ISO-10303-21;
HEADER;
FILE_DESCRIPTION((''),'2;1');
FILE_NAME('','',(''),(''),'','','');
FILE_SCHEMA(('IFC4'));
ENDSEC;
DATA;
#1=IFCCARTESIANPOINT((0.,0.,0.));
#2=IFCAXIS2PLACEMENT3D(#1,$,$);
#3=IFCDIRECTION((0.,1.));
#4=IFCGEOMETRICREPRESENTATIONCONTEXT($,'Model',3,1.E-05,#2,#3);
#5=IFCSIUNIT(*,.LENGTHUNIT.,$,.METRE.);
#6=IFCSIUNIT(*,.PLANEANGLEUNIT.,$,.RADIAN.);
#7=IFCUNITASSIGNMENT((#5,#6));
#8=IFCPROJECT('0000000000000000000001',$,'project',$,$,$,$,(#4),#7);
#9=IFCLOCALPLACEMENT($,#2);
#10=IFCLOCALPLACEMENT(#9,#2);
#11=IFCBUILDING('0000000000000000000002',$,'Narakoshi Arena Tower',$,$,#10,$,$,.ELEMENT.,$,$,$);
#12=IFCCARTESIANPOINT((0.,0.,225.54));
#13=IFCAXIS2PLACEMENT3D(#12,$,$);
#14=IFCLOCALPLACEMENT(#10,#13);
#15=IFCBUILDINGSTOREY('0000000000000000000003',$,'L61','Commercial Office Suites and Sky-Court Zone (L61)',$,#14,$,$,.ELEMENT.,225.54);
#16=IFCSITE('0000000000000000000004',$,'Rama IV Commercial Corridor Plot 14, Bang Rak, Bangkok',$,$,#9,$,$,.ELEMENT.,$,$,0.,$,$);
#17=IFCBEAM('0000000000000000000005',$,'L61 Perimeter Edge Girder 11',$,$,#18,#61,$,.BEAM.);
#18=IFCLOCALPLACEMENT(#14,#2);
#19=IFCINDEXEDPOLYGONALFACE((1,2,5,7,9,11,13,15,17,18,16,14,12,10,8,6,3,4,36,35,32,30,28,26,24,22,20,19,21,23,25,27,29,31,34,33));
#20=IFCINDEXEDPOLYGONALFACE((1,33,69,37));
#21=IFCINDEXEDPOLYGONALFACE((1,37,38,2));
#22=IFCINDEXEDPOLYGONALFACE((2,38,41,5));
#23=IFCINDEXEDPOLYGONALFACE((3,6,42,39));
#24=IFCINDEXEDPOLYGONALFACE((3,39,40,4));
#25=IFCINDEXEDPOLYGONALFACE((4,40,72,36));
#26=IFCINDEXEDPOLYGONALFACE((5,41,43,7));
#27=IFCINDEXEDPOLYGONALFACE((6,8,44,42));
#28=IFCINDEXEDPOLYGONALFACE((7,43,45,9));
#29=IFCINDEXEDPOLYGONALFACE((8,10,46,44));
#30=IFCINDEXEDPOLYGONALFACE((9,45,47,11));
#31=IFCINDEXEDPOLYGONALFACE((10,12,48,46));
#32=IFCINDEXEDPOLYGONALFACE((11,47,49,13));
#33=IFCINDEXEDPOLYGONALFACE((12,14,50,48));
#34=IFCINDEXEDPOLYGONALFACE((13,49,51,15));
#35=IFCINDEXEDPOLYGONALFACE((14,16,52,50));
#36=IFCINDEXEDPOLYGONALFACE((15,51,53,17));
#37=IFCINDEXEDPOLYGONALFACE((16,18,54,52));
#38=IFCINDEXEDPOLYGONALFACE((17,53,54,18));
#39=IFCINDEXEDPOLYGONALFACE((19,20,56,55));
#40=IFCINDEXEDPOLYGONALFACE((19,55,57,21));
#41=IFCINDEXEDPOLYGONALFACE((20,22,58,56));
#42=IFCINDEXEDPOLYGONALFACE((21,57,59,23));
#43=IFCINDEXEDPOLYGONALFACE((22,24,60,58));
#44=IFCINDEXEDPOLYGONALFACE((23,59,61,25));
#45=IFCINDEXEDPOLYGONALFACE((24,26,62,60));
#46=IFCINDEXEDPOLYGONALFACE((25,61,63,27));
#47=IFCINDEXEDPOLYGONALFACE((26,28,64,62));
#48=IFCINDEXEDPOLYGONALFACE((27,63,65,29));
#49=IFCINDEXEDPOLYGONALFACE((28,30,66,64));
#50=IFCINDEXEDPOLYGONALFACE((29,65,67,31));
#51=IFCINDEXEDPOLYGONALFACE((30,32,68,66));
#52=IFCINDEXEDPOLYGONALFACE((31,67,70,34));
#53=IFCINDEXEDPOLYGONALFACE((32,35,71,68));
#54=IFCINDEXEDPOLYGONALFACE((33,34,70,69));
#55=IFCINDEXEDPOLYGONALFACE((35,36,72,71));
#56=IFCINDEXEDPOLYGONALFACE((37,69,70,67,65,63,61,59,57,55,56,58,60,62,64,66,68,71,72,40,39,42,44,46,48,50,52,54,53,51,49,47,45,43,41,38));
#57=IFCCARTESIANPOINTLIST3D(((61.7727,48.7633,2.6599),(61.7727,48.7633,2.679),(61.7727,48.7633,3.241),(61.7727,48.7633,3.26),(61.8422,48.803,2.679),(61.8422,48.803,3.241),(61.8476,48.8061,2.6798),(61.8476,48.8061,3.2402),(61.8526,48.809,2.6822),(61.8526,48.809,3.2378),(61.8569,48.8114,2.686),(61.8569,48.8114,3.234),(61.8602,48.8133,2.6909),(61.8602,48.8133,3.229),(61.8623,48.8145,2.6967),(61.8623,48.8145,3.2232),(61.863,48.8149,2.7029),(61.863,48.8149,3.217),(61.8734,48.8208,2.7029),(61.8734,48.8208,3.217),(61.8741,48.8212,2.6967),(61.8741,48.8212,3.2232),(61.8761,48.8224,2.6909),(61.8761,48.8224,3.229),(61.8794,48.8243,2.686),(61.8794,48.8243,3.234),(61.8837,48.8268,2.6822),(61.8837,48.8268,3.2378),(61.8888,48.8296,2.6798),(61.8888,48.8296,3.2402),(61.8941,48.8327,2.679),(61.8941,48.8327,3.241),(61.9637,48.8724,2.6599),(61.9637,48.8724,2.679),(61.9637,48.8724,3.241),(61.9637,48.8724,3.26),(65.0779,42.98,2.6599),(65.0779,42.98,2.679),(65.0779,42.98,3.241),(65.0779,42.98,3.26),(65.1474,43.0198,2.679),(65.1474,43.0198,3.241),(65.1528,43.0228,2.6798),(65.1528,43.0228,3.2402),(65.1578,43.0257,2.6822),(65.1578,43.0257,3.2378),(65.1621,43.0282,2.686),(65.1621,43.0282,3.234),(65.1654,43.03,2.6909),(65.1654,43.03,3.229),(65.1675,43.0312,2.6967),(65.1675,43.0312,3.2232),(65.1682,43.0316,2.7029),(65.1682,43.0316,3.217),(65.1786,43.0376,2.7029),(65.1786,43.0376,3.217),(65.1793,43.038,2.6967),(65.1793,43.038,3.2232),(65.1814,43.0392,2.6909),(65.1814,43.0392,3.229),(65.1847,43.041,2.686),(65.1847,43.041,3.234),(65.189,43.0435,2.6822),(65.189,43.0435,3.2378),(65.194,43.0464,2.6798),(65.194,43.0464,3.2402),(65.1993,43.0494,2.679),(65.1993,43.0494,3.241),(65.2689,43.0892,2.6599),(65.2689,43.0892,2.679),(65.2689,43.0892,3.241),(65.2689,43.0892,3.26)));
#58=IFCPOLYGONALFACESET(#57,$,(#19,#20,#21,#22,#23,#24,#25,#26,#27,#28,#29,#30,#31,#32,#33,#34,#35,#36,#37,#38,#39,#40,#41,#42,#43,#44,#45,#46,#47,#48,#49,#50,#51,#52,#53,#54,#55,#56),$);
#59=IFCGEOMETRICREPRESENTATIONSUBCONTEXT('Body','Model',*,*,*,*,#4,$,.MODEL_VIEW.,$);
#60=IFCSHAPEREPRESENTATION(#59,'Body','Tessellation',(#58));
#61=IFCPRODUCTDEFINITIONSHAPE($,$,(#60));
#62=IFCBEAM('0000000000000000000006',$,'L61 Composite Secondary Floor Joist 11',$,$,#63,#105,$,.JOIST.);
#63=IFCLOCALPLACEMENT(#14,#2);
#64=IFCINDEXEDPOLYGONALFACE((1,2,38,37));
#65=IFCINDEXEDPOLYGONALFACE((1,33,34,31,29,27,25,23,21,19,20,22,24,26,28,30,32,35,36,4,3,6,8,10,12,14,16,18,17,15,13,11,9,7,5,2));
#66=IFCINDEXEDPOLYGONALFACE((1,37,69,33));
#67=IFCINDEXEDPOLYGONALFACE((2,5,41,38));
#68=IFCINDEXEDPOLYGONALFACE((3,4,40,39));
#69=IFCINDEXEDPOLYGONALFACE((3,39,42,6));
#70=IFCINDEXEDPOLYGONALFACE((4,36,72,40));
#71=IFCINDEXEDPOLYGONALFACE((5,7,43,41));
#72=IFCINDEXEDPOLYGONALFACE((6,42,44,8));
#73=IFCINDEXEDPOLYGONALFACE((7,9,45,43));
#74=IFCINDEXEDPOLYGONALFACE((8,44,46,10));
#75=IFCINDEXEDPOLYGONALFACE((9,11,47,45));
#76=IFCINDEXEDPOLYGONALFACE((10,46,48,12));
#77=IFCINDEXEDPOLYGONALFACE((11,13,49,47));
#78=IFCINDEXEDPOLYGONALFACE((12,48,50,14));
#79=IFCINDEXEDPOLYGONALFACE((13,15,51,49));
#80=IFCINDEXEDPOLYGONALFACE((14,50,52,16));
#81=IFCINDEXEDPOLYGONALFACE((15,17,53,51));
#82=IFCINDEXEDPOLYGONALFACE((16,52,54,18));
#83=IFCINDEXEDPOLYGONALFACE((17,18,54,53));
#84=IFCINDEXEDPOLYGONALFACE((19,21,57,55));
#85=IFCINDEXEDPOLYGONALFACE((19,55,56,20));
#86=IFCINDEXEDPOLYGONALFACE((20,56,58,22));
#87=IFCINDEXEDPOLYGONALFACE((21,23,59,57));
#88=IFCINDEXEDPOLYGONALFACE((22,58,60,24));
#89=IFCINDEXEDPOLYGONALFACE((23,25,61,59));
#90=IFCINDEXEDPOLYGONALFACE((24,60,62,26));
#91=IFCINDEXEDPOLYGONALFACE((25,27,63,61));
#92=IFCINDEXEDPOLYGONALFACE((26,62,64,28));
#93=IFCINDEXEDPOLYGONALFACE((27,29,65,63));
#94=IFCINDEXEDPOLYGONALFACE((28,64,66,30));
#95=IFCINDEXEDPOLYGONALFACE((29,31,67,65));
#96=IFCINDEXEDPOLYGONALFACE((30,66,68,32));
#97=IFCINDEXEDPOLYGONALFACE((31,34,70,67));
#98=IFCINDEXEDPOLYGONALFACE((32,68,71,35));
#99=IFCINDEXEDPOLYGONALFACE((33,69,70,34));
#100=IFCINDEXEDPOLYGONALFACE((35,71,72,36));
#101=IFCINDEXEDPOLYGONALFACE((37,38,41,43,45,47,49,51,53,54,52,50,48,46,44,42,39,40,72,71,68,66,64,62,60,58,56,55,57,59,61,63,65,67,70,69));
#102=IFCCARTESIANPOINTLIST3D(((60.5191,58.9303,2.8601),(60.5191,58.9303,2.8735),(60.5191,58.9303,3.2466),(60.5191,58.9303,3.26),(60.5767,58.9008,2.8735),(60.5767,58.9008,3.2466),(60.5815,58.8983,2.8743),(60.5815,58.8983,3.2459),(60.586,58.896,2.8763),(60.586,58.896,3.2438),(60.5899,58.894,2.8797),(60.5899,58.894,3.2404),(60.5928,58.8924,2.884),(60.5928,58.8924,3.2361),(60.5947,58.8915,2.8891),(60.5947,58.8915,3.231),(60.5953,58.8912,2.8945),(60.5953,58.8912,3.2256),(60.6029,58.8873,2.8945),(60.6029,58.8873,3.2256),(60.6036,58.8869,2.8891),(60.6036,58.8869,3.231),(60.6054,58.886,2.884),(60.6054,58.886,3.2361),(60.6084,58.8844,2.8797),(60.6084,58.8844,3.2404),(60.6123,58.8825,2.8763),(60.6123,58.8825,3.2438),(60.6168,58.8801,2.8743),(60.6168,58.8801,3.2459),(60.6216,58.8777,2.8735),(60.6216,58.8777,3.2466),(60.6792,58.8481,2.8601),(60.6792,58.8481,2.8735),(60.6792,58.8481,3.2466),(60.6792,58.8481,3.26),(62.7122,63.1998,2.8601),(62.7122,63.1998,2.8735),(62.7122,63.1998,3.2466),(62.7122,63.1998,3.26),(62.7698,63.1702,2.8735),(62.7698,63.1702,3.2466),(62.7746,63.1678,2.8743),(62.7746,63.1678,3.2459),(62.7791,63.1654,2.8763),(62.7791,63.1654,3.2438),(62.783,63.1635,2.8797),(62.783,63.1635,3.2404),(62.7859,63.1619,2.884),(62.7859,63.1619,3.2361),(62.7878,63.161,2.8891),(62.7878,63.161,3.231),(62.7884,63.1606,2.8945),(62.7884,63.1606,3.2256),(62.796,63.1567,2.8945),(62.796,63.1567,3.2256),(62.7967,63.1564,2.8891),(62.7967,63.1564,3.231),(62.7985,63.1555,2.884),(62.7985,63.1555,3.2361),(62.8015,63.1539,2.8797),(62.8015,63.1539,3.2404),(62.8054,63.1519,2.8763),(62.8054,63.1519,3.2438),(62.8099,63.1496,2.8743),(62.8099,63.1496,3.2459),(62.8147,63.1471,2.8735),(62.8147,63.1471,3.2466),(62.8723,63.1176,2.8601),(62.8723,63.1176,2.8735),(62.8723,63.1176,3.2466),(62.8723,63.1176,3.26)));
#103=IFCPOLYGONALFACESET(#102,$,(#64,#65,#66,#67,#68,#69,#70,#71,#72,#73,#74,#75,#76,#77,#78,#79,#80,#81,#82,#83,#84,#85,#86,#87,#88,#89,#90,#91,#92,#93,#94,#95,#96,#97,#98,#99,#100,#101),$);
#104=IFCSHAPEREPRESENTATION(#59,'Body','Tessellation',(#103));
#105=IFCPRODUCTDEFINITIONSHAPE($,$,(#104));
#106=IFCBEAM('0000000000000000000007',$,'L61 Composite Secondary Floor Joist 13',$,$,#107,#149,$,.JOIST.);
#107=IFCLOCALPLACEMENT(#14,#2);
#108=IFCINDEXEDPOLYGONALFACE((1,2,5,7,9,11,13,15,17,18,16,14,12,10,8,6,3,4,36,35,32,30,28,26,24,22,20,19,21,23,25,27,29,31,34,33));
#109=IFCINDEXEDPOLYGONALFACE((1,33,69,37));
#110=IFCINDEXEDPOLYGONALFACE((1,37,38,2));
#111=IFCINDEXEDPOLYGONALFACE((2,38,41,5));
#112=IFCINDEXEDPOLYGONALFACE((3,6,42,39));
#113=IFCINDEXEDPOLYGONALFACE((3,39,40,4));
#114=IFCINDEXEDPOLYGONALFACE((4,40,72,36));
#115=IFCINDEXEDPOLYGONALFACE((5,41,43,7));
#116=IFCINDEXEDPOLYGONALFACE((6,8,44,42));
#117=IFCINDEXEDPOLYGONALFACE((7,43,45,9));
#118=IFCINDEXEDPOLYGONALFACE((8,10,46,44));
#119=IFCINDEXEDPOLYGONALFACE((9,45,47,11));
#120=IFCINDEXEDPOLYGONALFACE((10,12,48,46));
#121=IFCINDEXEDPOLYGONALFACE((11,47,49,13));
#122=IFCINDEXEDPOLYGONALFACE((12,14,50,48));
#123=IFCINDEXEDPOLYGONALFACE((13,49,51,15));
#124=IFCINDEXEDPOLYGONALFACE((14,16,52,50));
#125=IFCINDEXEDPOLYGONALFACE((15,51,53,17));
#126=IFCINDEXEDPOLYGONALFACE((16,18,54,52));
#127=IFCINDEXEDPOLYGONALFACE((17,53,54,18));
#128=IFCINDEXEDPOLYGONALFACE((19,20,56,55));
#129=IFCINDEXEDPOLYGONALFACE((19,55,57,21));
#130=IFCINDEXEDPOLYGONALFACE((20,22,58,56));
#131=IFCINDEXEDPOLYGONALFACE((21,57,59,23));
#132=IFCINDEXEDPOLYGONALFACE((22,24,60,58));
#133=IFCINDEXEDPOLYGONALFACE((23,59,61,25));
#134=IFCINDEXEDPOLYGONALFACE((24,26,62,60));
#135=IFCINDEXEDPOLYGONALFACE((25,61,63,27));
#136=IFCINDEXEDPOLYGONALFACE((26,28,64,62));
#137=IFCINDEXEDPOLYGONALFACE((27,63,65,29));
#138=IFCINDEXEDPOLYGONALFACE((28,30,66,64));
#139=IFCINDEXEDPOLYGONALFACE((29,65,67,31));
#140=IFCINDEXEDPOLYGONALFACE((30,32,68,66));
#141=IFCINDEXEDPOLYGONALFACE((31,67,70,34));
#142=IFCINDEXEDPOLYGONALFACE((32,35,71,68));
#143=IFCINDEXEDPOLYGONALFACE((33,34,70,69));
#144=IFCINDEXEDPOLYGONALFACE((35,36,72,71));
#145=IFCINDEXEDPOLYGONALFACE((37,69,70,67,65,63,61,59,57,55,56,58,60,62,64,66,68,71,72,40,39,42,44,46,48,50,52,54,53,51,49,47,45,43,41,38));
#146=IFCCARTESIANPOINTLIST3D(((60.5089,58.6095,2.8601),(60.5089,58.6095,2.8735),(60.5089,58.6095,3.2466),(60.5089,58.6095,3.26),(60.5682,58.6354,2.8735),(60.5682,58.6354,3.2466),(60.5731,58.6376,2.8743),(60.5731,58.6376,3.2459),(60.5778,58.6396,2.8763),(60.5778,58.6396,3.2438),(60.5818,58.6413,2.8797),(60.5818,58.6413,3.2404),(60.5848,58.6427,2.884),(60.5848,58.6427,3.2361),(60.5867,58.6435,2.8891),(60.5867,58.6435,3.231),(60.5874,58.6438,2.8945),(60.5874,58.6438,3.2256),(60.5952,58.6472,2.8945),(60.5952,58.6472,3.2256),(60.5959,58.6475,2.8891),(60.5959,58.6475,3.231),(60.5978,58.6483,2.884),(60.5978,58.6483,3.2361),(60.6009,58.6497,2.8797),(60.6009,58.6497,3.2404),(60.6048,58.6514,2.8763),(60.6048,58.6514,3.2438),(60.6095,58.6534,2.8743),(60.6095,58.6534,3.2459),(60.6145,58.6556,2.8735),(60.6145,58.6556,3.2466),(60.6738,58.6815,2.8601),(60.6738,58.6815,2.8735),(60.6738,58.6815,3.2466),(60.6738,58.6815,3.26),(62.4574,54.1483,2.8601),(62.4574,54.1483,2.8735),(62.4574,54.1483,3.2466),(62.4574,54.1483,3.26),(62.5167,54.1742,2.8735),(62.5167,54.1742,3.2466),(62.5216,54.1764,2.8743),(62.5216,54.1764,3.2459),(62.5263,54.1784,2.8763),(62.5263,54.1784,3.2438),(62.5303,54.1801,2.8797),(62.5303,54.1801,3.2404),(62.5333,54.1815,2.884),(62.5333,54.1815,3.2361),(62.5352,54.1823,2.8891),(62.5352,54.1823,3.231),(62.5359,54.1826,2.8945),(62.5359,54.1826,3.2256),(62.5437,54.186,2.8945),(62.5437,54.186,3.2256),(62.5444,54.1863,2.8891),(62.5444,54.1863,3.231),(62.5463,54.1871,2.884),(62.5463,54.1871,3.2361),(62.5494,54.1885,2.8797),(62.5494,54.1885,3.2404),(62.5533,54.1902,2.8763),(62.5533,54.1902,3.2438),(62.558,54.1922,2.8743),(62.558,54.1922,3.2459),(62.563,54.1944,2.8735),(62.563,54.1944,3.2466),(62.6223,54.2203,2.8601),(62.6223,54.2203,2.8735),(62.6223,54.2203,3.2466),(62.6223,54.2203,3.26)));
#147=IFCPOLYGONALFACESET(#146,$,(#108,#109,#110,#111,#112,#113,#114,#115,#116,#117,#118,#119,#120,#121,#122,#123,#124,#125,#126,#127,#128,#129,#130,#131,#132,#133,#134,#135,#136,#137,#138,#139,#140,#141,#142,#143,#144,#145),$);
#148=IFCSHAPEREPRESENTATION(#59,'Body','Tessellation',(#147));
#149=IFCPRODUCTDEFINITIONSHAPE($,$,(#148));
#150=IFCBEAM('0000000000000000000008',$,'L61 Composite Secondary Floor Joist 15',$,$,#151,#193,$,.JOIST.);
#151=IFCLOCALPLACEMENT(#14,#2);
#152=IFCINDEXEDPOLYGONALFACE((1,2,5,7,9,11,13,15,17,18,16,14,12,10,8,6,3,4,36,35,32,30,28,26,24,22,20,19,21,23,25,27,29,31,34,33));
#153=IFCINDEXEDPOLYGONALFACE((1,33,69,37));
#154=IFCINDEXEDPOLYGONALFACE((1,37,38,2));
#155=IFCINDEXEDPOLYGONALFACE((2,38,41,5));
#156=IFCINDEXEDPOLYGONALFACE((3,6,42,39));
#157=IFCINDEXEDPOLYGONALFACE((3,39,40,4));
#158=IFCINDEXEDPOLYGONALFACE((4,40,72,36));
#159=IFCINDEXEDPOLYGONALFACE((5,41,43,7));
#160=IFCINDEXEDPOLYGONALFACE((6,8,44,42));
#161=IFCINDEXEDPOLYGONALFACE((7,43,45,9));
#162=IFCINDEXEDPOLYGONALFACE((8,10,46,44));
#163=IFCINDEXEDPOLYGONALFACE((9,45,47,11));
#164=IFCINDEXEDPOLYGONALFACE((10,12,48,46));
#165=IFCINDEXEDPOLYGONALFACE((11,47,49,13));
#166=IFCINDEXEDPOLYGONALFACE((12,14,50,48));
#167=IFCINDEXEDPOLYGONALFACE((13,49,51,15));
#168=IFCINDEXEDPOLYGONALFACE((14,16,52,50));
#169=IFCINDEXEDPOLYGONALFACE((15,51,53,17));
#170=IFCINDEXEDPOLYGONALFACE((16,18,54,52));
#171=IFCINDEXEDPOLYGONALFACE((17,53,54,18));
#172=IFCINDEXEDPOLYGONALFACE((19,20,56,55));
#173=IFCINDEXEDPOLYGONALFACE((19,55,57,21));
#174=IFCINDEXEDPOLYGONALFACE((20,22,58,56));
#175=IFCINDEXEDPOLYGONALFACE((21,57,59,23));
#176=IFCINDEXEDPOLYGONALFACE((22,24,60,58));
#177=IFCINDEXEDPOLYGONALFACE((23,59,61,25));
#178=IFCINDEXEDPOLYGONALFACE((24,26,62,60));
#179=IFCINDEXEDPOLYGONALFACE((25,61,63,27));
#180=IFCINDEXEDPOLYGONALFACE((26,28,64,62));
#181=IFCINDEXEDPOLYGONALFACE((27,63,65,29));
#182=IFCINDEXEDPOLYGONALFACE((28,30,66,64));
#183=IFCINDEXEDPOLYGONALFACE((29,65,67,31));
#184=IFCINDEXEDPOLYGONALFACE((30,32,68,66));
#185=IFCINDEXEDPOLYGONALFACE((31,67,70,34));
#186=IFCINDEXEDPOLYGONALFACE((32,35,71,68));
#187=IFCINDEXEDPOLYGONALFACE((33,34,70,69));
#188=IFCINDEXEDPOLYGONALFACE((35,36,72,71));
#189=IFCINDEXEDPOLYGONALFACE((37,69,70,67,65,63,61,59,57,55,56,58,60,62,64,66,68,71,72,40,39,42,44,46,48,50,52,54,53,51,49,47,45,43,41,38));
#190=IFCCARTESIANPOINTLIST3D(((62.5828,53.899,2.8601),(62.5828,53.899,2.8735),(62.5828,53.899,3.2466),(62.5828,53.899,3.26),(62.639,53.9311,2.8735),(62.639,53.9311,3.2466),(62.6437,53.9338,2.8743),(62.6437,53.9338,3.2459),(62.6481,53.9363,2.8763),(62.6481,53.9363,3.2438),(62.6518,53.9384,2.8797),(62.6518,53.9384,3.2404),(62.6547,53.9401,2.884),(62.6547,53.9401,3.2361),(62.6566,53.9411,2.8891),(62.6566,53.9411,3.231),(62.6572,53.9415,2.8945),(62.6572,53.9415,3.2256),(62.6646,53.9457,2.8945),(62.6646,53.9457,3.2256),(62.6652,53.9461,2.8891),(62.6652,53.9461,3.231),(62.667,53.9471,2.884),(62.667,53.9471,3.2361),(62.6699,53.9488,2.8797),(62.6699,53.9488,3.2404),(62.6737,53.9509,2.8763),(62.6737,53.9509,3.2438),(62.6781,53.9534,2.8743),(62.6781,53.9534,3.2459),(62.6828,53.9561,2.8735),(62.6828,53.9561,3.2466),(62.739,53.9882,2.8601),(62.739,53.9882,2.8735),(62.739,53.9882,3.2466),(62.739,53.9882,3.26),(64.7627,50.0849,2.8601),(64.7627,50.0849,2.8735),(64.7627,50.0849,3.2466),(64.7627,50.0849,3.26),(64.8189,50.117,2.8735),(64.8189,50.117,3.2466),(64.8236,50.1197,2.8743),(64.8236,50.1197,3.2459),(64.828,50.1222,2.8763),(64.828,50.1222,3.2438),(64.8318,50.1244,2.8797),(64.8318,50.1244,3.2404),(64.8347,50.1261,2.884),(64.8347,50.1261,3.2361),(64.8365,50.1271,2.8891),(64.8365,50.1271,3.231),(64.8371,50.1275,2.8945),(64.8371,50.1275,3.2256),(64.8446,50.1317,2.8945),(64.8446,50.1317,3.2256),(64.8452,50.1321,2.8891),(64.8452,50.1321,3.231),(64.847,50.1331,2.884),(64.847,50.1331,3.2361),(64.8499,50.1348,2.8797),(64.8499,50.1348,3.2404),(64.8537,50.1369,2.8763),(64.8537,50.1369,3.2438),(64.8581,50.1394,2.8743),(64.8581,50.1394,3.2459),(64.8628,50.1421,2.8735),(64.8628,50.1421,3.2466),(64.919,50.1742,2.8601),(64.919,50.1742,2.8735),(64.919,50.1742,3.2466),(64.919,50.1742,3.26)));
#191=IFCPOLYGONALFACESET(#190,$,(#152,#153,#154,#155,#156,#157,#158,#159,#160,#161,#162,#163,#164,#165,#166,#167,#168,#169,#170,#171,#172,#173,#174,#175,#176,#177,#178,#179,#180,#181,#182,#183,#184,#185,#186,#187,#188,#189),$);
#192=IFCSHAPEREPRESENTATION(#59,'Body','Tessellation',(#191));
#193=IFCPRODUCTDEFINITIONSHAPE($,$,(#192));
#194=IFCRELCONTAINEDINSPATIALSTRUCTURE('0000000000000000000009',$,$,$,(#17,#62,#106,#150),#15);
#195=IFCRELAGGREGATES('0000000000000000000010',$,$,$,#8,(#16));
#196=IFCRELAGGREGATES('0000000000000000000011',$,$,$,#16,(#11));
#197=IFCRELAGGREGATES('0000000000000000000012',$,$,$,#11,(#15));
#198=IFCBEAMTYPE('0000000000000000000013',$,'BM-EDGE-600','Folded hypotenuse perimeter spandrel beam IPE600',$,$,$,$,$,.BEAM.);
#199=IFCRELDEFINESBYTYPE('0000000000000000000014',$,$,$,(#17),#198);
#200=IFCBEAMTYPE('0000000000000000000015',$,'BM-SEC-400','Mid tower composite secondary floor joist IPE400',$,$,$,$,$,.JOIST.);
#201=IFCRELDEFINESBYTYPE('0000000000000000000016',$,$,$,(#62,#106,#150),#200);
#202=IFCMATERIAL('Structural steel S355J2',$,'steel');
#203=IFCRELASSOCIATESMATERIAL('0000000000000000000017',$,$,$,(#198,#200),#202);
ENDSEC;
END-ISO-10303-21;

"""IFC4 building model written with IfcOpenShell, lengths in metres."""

from ifc_helpers import new_model, si_unit, direction, frame, origin, origin_2d, place, context, subcontext, project, spatial, i_section, extrude, material, material_profile, profile_set, type_object, element, save


model = new_model("IFC4")

# Units and contexts
model_context = context("Model", 3, precision=1e-05, world=origin(), true_north=direction((0.0, 1.0)))
body_context = subcontext(model_context, "Body", "Model", "MODEL_VIEW")
ifc_project = project(units=[si_unit("LENGTHUNIT", "METRE"), si_unit("PLANEANGLEUNIT", "RADIAN")], contexts=[model_context])

# Site, building, storey
site_placement = place(None, origin())
site = spatial("IfcSite", under=ifc_project, at=site_placement, Name="Rama IV Commercial Corridor Plot 14, Bang Rak, Bangkok", CompositionType="ELEMENT", RefElevation=0.0)
building_placement = place(site_placement, origin())
building = spatial("IfcBuilding", under=site, at=building_placement, Name="Narakoshi Arena Tower", CompositionType="ELEMENT")
storey_placement = place(building_placement, frame((0.0, 0.0, 225.54)))
storey = spatial("IfcBuildingStorey", under=building, at=storey_placement, Name="L61", Description="Commercial Office Suites and Sky-Court Zone (L61)", CompositionType="ELEMENT", Elevation=225.54)

# Beams
ifc_material_1 = material(Name="Structural steel S355J2", Category="steel")
ifc_material_profile_1 = material_profile(ifc_material_1, i_section(OverallWidth=0.22, OverallDepth=0.6001, WebThickness=0.012, FlangeThickness=0.019, FilletRadius=0.0239, at=origin_2d()), Name="IPE600")
ifc_profile_set_1 = profile_set([ifc_material_profile_1], Name="Structural steel S355J2")
beam_type_1 = type_object("IfcBeamType", Name="BM-EDGE-600", Description="Folded hypotenuse perimeter spandrel beam IPE600", PredefinedType="BEAM", material=ifc_profile_set_1)
for number, where, z_axis, x_axis, name in (
    (1, (61.8682, 48.8179, 2.96), (0.496194, -0.868212, 0.0), (0.868212, 0.496194, 0.0), "L61 Perimeter Edge Girder 11"),
):
    element("IfcBeam", number, at=place(storey_placement, frame(where, z_axis=z_axis, x_axis=x_axis)), inside=storey, type_object=beam_type_1, Name=name, PredefinedType="BEAM", context=body_context, shape_type="SweptSolid", body=[
        extrude(i_section(OverallWidth=0.22, OverallDepth=0.6001, WebThickness=0.012, FlangeThickness=0.019, FilletRadius=0.0239, at=origin_2d()), origin(), (0.0, 0.0, 1.0), 6.6611),
    ])
ifc_material_profile_2 = material_profile(ifc_material_1, i_section(OverallWidth=0.1799, OverallDepth=0.3999, WebThickness=0.0085, FlangeThickness=0.0134, FilletRadius=0.021, at=origin_2d()), Name="IPE400")
ifc_profile_set_2 = profile_set([ifc_material_profile_2], Name="Structural steel S355J2")
beam_type_2 = type_object("IfcBeamType", Name="BM-SEC-400", Description="Mid tower composite secondary floor joist IPE400", PredefinedType="JOIST", material=ifc_profile_set_2)
beam_1_placement = place(storey_placement, frame((62.7922, 63.1587, 3.0601), z_axis=(-0.456912, -0.889512, 0.0), x_axis=(0.889512, -0.456912, 0.0)))
element("IfcBeam", 2, at=beam_1_placement, inside=storey, type_object=beam_type_2, Name="L61 Composite Secondary Floor Joist 11", PredefinedType="JOIST", context=body_context, shape_type="SweptSolid", body=[
    extrude(i_section(OverallWidth=0.1799, OverallDepth=0.3999, WebThickness=0.0085, FlangeThickness=0.0134, FilletRadius=0.021, at=origin_2d()), origin(), (0.0, 0.0, 1.0), 4.7998),
])
beam_2_placement = place(storey_placement, frame((60.5913, 58.6455, 3.0601), z_axis=(0.400253, -0.916405, 0.0), x_axis=(0.916405, 0.400253, 0.0)))
element("IfcBeam", 3, at=beam_2_placement, inside=storey, type_object=beam_type_2, Name="L61 Composite Secondary Floor Joist 13", PredefinedType="JOIST", context=body_context, shape_type="SweptSolid", body=[
    extrude(i_section(OverallWidth=0.1799, OverallDepth=0.3999, WebThickness=0.0085, FlangeThickness=0.0134, FilletRadius=0.021, at=origin_2d()), origin(), (0.0, 0.0, 1.0), 4.8682),
])
beam_3_placement = place(storey_placement, frame((62.6609, 53.9436, 3.0601), z_axis=(0.496229, -0.868192, 0.0), x_axis=(0.868192, 0.496229, 0.0)))
element("IfcBeam", 4, at=beam_3_placement, inside=storey, type_object=beam_type_2, Name="L61 Composite Secondary Floor Joist 15", PredefinedType="JOIST", context=body_context, shape_type="SweptSolid", body=[
    extrude(i_section(OverallWidth=0.1799, OverallDepth=0.3999, WebThickness=0.0085, FlangeThickness=0.0134, FilletRadius=0.021, at=origin_2d()), origin(), (0.0, 0.0, 1.0), 4.3931),
])

save(model, "model.ifc")
